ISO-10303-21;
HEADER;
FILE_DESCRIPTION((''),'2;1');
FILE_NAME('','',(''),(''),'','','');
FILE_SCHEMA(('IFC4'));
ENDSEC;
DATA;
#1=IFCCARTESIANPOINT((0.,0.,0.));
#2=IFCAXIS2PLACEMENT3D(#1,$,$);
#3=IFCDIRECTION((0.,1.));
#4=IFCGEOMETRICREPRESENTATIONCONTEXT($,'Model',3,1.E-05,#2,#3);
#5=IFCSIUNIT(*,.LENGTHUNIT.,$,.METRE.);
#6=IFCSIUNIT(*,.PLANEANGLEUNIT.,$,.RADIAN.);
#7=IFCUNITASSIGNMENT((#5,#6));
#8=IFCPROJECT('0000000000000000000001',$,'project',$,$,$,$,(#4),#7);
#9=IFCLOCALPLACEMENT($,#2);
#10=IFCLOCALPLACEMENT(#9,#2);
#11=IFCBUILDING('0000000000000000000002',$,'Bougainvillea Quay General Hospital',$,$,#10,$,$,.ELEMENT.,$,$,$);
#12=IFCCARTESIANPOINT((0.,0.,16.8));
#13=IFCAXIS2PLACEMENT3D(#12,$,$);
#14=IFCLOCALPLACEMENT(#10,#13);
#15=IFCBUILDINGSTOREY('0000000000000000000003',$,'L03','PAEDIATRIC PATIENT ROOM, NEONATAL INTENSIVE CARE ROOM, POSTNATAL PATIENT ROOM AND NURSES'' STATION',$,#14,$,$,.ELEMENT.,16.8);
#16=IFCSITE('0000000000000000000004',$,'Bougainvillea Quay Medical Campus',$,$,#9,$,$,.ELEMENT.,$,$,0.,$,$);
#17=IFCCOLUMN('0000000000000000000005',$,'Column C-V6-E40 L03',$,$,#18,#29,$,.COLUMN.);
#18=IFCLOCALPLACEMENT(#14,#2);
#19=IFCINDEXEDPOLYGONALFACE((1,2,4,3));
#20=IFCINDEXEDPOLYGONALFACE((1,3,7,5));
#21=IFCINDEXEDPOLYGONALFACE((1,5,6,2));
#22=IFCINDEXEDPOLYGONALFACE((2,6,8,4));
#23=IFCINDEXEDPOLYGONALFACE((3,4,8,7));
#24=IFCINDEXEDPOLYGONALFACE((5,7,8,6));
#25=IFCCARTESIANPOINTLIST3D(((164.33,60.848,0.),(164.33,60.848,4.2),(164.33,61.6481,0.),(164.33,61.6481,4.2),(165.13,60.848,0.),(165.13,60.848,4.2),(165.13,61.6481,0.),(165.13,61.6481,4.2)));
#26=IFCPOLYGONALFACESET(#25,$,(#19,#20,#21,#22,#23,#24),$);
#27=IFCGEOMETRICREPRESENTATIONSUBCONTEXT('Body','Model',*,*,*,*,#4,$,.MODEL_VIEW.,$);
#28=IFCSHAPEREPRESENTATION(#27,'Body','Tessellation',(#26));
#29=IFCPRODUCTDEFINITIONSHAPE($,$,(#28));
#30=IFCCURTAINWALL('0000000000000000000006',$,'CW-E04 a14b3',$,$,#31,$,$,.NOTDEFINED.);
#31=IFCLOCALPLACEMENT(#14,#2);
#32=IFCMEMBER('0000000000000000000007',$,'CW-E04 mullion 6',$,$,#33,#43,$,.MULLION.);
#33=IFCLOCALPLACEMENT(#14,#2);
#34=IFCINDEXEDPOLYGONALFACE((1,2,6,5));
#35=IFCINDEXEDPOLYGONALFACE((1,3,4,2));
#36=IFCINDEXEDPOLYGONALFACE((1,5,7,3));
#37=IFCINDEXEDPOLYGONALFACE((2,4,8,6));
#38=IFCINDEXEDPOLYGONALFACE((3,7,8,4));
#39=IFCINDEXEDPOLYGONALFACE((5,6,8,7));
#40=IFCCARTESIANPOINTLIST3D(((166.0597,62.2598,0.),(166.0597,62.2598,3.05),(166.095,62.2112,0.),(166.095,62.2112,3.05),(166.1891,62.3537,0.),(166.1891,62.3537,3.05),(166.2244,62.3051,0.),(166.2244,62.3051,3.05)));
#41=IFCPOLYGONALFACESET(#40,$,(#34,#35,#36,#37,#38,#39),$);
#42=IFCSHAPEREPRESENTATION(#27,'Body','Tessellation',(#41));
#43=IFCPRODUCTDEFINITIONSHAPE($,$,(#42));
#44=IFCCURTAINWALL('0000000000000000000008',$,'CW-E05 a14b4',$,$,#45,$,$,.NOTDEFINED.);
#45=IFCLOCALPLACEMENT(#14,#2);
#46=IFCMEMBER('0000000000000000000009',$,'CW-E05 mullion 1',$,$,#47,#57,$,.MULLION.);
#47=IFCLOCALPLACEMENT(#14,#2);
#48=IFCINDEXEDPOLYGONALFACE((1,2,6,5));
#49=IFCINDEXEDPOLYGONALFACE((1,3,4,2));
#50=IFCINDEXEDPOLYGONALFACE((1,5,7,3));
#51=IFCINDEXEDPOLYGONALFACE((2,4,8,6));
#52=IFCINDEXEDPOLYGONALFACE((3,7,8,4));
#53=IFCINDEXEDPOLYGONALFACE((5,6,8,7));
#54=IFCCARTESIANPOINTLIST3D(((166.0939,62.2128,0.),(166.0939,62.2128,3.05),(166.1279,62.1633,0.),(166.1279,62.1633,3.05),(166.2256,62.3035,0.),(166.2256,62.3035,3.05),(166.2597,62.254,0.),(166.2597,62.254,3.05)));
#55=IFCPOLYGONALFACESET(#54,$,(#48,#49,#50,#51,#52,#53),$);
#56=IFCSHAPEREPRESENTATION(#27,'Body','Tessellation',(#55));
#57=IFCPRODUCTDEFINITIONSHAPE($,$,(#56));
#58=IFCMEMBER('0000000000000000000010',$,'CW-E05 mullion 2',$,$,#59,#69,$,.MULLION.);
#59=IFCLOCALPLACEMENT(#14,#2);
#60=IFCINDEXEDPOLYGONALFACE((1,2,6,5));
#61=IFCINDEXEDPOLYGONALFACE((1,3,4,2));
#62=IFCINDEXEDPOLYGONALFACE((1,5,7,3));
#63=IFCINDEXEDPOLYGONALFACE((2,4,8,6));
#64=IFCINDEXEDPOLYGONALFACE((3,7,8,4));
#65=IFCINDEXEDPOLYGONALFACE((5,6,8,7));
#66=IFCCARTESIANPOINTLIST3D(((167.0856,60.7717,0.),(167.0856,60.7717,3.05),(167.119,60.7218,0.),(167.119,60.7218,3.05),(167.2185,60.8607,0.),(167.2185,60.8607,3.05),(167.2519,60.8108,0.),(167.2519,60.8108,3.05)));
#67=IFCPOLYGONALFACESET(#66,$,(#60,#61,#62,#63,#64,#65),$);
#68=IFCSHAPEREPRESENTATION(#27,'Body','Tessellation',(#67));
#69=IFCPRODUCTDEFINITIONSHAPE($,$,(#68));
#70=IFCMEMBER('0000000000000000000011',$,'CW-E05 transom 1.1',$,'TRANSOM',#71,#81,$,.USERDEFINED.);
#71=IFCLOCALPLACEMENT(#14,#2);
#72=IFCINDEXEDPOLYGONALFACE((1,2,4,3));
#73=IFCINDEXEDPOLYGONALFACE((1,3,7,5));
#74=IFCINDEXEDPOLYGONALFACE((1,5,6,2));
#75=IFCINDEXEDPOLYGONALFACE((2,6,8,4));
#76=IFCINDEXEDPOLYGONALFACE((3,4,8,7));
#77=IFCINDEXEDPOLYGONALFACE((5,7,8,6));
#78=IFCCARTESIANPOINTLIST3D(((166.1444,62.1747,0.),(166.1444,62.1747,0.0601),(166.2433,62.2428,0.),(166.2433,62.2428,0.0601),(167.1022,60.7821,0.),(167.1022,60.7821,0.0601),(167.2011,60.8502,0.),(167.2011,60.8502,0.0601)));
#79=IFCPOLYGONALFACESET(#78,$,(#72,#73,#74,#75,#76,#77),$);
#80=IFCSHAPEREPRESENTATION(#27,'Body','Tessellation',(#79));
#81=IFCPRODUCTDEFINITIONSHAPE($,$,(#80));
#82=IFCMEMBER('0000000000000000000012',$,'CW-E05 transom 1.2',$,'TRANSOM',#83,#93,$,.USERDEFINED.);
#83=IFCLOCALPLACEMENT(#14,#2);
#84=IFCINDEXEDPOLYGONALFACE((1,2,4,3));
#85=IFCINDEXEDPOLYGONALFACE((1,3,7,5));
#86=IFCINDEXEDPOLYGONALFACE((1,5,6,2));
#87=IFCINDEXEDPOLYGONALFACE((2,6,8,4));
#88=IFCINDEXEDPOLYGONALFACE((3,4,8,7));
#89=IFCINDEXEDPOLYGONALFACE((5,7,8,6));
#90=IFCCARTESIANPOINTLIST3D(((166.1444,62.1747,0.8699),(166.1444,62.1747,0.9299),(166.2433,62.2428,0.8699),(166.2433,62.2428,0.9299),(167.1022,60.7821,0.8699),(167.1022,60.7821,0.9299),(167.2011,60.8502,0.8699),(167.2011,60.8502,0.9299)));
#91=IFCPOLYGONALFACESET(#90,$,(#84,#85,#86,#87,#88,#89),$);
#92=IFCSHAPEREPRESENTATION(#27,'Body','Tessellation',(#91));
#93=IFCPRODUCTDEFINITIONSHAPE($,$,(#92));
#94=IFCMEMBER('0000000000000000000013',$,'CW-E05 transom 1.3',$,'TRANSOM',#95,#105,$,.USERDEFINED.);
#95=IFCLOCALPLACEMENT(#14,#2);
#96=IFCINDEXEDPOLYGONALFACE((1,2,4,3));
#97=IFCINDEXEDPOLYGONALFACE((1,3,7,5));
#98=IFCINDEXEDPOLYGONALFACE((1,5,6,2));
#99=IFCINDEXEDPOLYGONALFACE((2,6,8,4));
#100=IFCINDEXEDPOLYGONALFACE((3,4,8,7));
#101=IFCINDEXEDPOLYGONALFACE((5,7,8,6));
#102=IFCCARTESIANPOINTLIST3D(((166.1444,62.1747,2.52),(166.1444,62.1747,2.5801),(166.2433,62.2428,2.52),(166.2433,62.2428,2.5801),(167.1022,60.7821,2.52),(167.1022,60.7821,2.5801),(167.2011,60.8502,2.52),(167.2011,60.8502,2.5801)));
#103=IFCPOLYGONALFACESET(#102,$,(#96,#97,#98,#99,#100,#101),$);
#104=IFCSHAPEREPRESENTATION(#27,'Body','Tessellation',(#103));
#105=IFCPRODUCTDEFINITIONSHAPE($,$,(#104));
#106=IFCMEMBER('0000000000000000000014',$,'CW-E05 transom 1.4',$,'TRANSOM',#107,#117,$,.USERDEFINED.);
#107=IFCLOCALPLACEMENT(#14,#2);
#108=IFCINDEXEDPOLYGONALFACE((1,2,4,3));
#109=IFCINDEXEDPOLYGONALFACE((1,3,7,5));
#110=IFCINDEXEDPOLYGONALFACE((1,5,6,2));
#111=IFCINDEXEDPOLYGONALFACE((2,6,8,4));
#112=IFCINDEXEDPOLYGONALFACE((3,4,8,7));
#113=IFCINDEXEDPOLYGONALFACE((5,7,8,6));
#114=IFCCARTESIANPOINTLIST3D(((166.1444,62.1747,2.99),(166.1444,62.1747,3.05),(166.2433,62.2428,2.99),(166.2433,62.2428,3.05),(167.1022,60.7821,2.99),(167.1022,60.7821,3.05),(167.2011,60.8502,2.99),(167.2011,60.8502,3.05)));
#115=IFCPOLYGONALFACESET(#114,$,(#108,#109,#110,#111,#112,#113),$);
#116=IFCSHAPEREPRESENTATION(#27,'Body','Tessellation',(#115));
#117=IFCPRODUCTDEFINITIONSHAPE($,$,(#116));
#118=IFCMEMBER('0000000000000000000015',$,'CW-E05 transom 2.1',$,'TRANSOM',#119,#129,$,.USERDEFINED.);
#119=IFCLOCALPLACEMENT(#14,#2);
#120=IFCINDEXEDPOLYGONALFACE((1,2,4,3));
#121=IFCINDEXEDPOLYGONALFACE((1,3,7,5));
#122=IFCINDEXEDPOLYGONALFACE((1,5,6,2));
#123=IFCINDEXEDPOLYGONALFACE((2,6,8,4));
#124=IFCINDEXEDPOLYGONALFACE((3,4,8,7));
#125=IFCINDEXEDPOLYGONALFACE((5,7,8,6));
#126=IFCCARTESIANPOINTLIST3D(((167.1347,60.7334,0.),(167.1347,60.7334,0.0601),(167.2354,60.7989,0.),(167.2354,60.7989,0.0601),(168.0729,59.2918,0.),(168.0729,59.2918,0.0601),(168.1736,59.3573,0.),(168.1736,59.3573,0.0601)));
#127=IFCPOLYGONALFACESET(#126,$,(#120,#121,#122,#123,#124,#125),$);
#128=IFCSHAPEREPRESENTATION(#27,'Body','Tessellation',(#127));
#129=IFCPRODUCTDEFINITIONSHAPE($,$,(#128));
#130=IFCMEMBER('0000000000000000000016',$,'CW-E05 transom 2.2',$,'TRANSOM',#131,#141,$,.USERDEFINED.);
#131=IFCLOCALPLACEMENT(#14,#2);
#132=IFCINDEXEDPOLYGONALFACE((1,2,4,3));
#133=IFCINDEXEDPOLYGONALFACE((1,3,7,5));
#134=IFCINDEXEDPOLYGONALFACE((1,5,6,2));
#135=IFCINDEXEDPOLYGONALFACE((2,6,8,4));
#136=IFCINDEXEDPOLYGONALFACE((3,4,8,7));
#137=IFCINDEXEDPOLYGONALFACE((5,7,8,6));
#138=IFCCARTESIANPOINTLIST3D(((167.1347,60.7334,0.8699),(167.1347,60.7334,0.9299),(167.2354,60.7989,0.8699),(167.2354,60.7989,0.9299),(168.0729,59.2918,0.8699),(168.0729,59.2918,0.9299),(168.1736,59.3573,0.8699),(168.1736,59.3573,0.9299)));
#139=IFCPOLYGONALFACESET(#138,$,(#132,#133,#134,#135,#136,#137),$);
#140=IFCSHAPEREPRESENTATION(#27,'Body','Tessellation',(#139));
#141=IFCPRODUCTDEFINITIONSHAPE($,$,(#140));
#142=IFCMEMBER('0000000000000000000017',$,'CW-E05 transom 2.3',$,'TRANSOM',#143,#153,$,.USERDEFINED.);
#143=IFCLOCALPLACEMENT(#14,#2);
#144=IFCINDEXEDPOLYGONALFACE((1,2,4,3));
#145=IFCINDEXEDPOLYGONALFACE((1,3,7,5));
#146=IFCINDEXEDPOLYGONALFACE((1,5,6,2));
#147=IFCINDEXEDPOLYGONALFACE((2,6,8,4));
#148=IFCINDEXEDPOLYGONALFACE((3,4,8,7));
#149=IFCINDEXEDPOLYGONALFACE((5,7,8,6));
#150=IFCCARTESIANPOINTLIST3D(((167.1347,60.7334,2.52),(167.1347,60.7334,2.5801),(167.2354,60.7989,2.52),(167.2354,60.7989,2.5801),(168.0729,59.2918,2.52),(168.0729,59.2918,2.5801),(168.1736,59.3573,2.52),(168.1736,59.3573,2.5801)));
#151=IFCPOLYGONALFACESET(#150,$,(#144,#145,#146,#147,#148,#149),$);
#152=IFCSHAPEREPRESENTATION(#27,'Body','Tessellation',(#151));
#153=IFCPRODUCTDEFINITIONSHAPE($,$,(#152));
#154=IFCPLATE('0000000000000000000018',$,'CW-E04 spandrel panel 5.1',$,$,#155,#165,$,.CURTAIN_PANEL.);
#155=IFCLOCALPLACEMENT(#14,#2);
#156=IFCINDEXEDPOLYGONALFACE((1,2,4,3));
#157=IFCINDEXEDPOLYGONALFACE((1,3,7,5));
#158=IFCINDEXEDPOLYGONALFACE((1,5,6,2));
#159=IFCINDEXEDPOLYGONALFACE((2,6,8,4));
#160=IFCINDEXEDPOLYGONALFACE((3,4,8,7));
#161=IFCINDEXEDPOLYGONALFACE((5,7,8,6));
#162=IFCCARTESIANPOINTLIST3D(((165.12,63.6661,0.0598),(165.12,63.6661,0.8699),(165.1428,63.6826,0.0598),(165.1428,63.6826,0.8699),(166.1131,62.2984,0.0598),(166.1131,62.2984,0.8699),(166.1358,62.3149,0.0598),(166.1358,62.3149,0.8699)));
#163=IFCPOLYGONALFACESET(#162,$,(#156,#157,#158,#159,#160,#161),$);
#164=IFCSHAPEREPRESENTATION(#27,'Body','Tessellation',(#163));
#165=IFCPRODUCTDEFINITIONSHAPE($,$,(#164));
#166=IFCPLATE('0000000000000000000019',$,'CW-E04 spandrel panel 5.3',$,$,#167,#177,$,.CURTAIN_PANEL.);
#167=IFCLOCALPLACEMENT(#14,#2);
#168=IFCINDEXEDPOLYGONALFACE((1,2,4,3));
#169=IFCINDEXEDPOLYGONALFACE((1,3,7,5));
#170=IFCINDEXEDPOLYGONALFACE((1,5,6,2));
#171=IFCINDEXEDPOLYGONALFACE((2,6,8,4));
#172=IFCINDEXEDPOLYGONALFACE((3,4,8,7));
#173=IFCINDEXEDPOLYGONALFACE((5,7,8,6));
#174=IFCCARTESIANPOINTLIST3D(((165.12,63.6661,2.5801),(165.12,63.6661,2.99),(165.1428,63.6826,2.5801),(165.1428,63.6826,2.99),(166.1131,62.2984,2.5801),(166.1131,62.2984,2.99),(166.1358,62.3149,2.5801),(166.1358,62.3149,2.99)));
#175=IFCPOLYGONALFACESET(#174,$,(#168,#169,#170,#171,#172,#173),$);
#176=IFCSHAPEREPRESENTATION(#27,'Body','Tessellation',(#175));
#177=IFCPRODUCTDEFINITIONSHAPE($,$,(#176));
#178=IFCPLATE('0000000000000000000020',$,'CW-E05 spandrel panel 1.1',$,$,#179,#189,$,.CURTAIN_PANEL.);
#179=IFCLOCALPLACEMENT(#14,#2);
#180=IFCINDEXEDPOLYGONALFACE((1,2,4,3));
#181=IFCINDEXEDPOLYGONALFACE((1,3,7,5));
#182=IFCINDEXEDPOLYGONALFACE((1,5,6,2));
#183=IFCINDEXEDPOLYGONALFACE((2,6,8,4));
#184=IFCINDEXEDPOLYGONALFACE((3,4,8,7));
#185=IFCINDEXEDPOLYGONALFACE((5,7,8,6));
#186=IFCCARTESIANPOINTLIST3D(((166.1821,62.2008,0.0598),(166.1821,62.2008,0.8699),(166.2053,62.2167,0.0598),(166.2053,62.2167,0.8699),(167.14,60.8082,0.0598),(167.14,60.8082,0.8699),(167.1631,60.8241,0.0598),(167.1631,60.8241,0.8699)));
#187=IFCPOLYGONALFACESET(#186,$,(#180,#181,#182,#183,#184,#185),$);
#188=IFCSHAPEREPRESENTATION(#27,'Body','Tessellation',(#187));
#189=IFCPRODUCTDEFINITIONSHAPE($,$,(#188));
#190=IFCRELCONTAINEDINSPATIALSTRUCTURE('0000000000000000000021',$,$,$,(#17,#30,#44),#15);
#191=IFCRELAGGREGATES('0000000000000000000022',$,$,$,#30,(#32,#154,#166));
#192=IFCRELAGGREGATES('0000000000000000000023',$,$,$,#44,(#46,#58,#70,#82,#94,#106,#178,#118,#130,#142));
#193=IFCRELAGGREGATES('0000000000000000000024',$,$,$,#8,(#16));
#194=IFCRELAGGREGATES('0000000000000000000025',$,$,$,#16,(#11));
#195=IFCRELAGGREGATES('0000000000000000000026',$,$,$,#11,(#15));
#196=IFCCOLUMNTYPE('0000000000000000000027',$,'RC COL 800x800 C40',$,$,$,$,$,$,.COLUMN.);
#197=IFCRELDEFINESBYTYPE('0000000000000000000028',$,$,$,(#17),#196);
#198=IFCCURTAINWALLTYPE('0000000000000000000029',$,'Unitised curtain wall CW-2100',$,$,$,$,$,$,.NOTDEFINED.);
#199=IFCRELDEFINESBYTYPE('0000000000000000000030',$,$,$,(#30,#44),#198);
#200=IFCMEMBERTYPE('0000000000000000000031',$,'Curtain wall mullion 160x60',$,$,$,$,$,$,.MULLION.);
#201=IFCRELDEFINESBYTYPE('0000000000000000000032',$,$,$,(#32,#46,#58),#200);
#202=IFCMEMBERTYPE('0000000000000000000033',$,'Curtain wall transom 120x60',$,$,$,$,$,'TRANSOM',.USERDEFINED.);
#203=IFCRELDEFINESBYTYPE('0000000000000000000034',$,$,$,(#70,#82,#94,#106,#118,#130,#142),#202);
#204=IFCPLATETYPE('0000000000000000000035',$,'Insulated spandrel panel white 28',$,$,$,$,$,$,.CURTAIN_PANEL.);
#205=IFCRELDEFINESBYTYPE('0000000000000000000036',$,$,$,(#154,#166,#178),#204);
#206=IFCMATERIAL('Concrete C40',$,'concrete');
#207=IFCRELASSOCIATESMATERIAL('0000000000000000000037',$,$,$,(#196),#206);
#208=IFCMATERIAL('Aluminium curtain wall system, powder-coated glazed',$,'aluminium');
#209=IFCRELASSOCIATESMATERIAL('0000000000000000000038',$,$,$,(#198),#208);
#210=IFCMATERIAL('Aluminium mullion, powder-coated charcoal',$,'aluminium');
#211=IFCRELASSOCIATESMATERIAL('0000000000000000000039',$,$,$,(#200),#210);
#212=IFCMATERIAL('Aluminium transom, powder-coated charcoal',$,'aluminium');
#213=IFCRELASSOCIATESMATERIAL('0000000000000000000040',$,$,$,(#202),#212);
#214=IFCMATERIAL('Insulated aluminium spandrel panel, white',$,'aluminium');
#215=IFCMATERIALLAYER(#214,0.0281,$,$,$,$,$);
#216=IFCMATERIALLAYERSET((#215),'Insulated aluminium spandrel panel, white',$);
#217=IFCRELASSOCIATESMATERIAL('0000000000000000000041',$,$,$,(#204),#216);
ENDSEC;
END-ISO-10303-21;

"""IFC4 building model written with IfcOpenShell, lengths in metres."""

from ifc_helpers import new_model, si_unit, direction, frame, origin, origin_2d, place, context, subcontext, project, spatial, rectangle, extrude, material, layer, layer_set, material_profile, profile_set, type_object, element, aggregate, save


model = new_model("IFC4")

# Units and contexts
model_context = context("Model", 3, precision=1e-05, world=origin(), true_north=direction((0.0, 1.0)))
body_context = subcontext(model_context, "Body", "Model", "MODEL_VIEW")
ifc_project = project(units=[si_unit("LENGTHUNIT", "METRE"), si_unit("PLANEANGLEUNIT", "RADIAN")], contexts=[model_context])

# Site, building, storey
site_placement = place(None, origin())
site = spatial("IfcSite", under=ifc_project, at=site_placement, Name="Bougainvillea Quay Medical Campus", CompositionType="ELEMENT", RefElevation=0.0)
building_placement = place(site_placement, origin())
building = spatial("IfcBuilding", under=site, at=building_placement, Name="Bougainvillea Quay General Hospital", CompositionType="ELEMENT")
storey_placement = place(building_placement, frame((0.0, 0.0, 16.8)))
storey = spatial("IfcBuildingStorey", under=building, at=storey_placement, Name="L03", Description="PAEDIATRIC PATIENT ROOM, NEONATAL INTENSIVE CARE ROOM, POSTNATAL PATIENT ROOM AND NURSES' STATION", CompositionType="ELEMENT", Elevation=16.8)

# Column
ifc_material_1 = material(Name="Concrete C40", Category="concrete")
ifc_material_profile_1 = material_profile(ifc_material_1, rectangle(XDim=0.8, YDim=0.8, at=origin_2d()))
ifc_profile_set_1 = profile_set([ifc_material_profile_1], Name="Concrete C40")
column_type = type_object("IfcColumnType", Name="RC COL 800x800 C40", PredefinedType="COLUMN", material=ifc_profile_set_1)
column_placement = place(storey_placement, frame((164.73, 61.248, 0.0), z_axis=(0.0, 0.0, 1.0), x_axis=(1.0, 0.0, 0.0)))
element("IfcColumn", 1, at=column_placement, inside=storey, type_object=column_type, Name="Column C-V6-E40 L03", PredefinedType="COLUMN", context=body_context, shape_type="SweptSolid", body=[
    extrude(rectangle(XDim=0.8, YDim=0.8, at=origin_2d()), origin(), (0.0, 0.0, 1.0), 4.2),
])

# Curtain wall, member
ifc_material_2 = material(Name="Aluminium curtain wall system, powder-coated glazed", Category="aluminium")
curtain_wall_type = type_object("IfcCurtainWallType", Name="Unitised curtain wall CW-2100", PredefinedType="NOTDEFINED", material=ifc_material_2)
curtain_wall_1_placement = place(storey_placement, origin())
curtain_wall_1 = element("IfcCurtainWall", 2, at=curtain_wall_1_placement, inside=storey, type_object=curtain_wall_type, Name="CW-E04 a14b3", PredefinedType="NOTDEFINED")
ifc_material_3 = material(Name="Aluminium mullion, powder-coated charcoal", Category="aluminium")
ifc_material_profile_2 = material_profile(ifc_material_3, rectangle(XDim=0.1599, YDim=0.0601, at=origin_2d()))
ifc_profile_set_2 = profile_set([ifc_material_profile_2], Name="Aluminium mullion, powder-coated charcoal")
member_type_1 = type_object("IfcMemberType", Name="Curtain wall mullion 160x60", PredefinedType="MULLION", material=ifc_profile_set_2)
member_1_placement = place(storey_placement, frame((166.1421, 62.2825, 0.0), z_axis=(0.0, 0.0, 1.0), x_axis=(0.809189, 0.587548, 0.0)))
member_1 = element("IfcMember", 3, at=member_1_placement, type_object=member_type_1, Name="CW-E04 mullion 6", PredefinedType="MULLION", context=body_context, shape_type="SweptSolid", body=[
    extrude(rectangle(XDim=0.1599, YDim=0.0601, at=origin_2d()), origin(), (0.0, 0.0, 1.0), 3.05),
])

# Curtain wall, members
curtain_wall_2_placement = place(storey_placement, origin())
curtain_wall_2 = element("IfcCurtainWall", 4, at=curtain_wall_2_placement, inside=storey, type_object=curtain_wall_type, Name="CW-E05 a14b4", PredefinedType="NOTDEFINED")
member_2_placement = place(storey_placement, frame((166.1768, 62.2334, 0.0), z_axis=(0.0, 0.0, 1.0), x_axis=(0.823921, 0.566705, 0.0)))
member_2 = element("IfcMember", 5, at=member_2_placement, type_object=member_type_1, Name="CW-E05 mullion 1", PredefinedType="MULLION", context=body_context, shape_type="SweptSolid", body=[
    extrude(rectangle(XDim=0.1599, YDim=0.0601, at=origin_2d()), origin(), (0.0, 0.0, 1.0), 3.05),
])
member_3_placement = place(storey_placement, frame((167.1687, 60.7913, 0.0), z_axis=(0.0, 0.0, 1.0), x_axis=(0.831085, 0.556145, 0.0)))
member_3 = element("IfcMember", 6, at=member_3_placement, type_object=member_type_1, Name="CW-E05 mullion 2", PredefinedType="MULLION", context=body_context, shape_type="SweptSolid", body=[
    extrude(rectangle(XDim=0.1599, YDim=0.0601, at=origin_2d()), origin(), (0.0, 0.0, 1.0), 3.05),
])
ifc_material_4 = material(Name="Aluminium transom, powder-coated charcoal", Category="aluminium")
ifc_material_profile_3 = material_profile(ifc_material_4, rectangle(XDim=0.1201, YDim=0.0601, at=origin_2d()))
ifc_profile_set_3 = profile_set([ifc_material_profile_3], Name="Aluminium transom, powder-coated charcoal")
member_type_2 = type_object("IfcMemberType", Name="Curtain wall transom 120x60", ElementType="TRANSOM", PredefinedType="USERDEFINED", material=ifc_profile_set_3)
member_4_placement = place(storey_placement, frame((166.1938, 62.2087, 0.03), z_axis=(0.566676, -0.823941, 0.0), x_axis=(0.823941, 0.566676, 0.0)))
member_4 = element("IfcMember", 7, at=member_4_placement, type_object=member_type_2, Name="CW-E05 transom 1.1", ObjectType="TRANSOM", PredefinedType="USERDEFINED", context=body_context, shape_type="SweptSolid", body=[
    extrude(rectangle(XDim=0.1201, YDim=0.0601, at=origin_2d()), origin(), (0.0, 0.0, 1.0), 1.6902),
])
member_5_placement = place(storey_placement, frame((166.1938, 62.2087, 0.8999), z_axis=(0.566676, -0.823941, 0.0), x_axis=(0.823941, 0.566676, 0.0)))
member_5 = element("IfcMember", 8, at=member_5_placement, type_object=member_type_2, Name="CW-E05 transom 1.2", ObjectType="TRANSOM", PredefinedType="USERDEFINED", context=body_context, shape_type="SweptSolid", body=[
    extrude(rectangle(XDim=0.1201, YDim=0.0601, at=origin_2d()), origin(), (0.0, 0.0, 1.0), 1.6902),
])
member_6_placement = place(storey_placement, frame((166.1938, 62.2087, 2.55), z_axis=(0.566676, -0.823941, 0.0), x_axis=(0.823941, 0.566676, 0.0)))
member_6 = element("IfcMember", 9, at=member_6_placement, type_object=member_type_2, Name="CW-E05 transom 1.3", ObjectType="TRANSOM", PredefinedType="USERDEFINED", context=body_context, shape_type="SweptSolid", body=[
    extrude(rectangle(XDim=0.1201, YDim=0.0601, at=origin_2d()), origin(), (0.0, 0.0, 1.0), 1.6902),
])
member_7_placement = place(storey_placement, frame((166.1938, 62.2087, 3.02), z_axis=(0.566676, -0.823941, 0.0), x_axis=(0.823941, 0.566676, 0.0)))
member_7 = element("IfcMember", 10, at=member_7_placement, type_object=member_type_2, Name="CW-E05 transom 1.4", ObjectType="TRANSOM", PredefinedType="USERDEFINED", context=body_context, shape_type="SweptSolid", body=[
    extrude(rectangle(XDim=0.1201, YDim=0.0601, at=origin_2d()), origin(), (0.0, 0.0, 1.0), 1.6902),
])
member_8_placement = place(storey_placement, frame((167.1851, 60.7661, 0.03), z_axis=(0.545462, -0.838135, 0.0), x_axis=(0.838135, 0.545462, 0.0)))
member_8 = element("IfcMember", 11, at=member_8_placement, type_object=member_type_2, Name="CW-E05 transom 2.1", ObjectType="TRANSOM", PredefinedType="USERDEFINED", context=body_context, shape_type="SweptSolid", body=[
    extrude(rectangle(XDim=0.1201, YDim=0.0601, at=origin_2d()), origin(), (0.0, 0.0, 1.0), 1.72),
])
member_9_placement = place(storey_placement, frame((167.1851, 60.7661, 0.8999), z_axis=(0.545462, -0.838135, 0.0), x_axis=(0.838135, 0.545462, 0.0)))
member_9 = element("IfcMember", 12, at=member_9_placement, type_object=member_type_2, Name="CW-E05 transom 2.2", ObjectType="TRANSOM", PredefinedType="USERDEFINED", context=body_context, shape_type="SweptSolid", body=[
    extrude(rectangle(XDim=0.1201, YDim=0.0601, at=origin_2d()), origin(), (0.0, 0.0, 1.0), 1.72),
])
member_10_placement = place(storey_placement, frame((167.1851, 60.7661, 2.55), z_axis=(0.545462, -0.838135, 0.0), x_axis=(0.838135, 0.545462, 0.0)))
member_10 = element("IfcMember", 13, at=member_10_placement, type_object=member_type_2, Name="CW-E05 transom 2.3", ObjectType="TRANSOM", PredefinedType="USERDEFINED", context=body_context, shape_type="SweptSolid", body=[
    extrude(rectangle(XDim=0.1201, YDim=0.0601, at=origin_2d()), origin(), (0.0, 0.0, 1.0), 1.72),
])

# Plates
ifc_material_5 = material(Name="Insulated aluminium spandrel panel, white", Category="aluminium")
ifc_layer_1 = layer(ifc_material_5, 0.0281)
ifc_layer_set_1 = layer_set([ifc_layer_1], Name="Insulated aluminium spandrel panel, white")
plate_type_1 = type_object("IfcPlateType", Name="Insulated spandrel panel white 28", PredefinedType="CURTAIN_PANEL", material=ifc_layer_set_1)
plate_1_placement = place(storey_placement, frame((165.6279, 62.9905, 0.0598), z_axis=(0.0, 0.0, 1.0), x_axis=(0.587548, -0.809189, 0.0)))
plate_1 = element("IfcPlate", 14, at=plate_1_placement, type_object=plate_type_1, Name="CW-E04 spandrel panel 5.1", PredefinedType="CURTAIN_PANEL", context=body_context, shape_type="SweptSolid", body=[
    extrude(rectangle(XDim=1.6902, YDim=0.0281, at=origin_2d()), origin(), (0.0, 0.0, 1.0), 0.8101),
])
plate_2_placement = place(storey_placement, frame((165.6279, 62.9905, 2.5801), z_axis=(0.0, 0.0, 1.0), x_axis=(0.587548, -0.809189, 0.0)))
plate_2 = element("IfcPlate", 15, at=plate_2_placement, type_object=plate_type_1, Name="CW-E04 spandrel panel 5.3", PredefinedType="CURTAIN_PANEL", context=body_context, shape_type="SweptSolid", body=[
    extrude(rectangle(XDim=1.6902, YDim=0.0281, at=origin_2d()), origin(), (0.0, 0.0, 1.0), 0.4099),
])
plate_3_placement = place(storey_placement, frame((166.6726, 61.5125, 0.0598), z_axis=(0.0, 0.0, 1.0), x_axis=(0.566705, -0.823921, 0.0)))
plate_3 = element("IfcPlate", 16, at=plate_3_placement, type_object=plate_type_1, Name="CW-E05 spandrel panel 1.1", PredefinedType="CURTAIN_PANEL", context=body_context, shape_type="SweptSolid", body=[
    extrude(rectangle(XDim=1.6902, YDim=0.0281, at=origin_2d()), origin(), (0.0, 0.0, 1.0), 0.8101),
])
aggregate(curtain_wall_1, [member_1, plate_1, plate_2])
aggregate(curtain_wall_2, [member_2, member_3, member_4, member_5, member_6, member_7, plate_3, member_8, member_9, member_10])

save(model, "model.ifc")
